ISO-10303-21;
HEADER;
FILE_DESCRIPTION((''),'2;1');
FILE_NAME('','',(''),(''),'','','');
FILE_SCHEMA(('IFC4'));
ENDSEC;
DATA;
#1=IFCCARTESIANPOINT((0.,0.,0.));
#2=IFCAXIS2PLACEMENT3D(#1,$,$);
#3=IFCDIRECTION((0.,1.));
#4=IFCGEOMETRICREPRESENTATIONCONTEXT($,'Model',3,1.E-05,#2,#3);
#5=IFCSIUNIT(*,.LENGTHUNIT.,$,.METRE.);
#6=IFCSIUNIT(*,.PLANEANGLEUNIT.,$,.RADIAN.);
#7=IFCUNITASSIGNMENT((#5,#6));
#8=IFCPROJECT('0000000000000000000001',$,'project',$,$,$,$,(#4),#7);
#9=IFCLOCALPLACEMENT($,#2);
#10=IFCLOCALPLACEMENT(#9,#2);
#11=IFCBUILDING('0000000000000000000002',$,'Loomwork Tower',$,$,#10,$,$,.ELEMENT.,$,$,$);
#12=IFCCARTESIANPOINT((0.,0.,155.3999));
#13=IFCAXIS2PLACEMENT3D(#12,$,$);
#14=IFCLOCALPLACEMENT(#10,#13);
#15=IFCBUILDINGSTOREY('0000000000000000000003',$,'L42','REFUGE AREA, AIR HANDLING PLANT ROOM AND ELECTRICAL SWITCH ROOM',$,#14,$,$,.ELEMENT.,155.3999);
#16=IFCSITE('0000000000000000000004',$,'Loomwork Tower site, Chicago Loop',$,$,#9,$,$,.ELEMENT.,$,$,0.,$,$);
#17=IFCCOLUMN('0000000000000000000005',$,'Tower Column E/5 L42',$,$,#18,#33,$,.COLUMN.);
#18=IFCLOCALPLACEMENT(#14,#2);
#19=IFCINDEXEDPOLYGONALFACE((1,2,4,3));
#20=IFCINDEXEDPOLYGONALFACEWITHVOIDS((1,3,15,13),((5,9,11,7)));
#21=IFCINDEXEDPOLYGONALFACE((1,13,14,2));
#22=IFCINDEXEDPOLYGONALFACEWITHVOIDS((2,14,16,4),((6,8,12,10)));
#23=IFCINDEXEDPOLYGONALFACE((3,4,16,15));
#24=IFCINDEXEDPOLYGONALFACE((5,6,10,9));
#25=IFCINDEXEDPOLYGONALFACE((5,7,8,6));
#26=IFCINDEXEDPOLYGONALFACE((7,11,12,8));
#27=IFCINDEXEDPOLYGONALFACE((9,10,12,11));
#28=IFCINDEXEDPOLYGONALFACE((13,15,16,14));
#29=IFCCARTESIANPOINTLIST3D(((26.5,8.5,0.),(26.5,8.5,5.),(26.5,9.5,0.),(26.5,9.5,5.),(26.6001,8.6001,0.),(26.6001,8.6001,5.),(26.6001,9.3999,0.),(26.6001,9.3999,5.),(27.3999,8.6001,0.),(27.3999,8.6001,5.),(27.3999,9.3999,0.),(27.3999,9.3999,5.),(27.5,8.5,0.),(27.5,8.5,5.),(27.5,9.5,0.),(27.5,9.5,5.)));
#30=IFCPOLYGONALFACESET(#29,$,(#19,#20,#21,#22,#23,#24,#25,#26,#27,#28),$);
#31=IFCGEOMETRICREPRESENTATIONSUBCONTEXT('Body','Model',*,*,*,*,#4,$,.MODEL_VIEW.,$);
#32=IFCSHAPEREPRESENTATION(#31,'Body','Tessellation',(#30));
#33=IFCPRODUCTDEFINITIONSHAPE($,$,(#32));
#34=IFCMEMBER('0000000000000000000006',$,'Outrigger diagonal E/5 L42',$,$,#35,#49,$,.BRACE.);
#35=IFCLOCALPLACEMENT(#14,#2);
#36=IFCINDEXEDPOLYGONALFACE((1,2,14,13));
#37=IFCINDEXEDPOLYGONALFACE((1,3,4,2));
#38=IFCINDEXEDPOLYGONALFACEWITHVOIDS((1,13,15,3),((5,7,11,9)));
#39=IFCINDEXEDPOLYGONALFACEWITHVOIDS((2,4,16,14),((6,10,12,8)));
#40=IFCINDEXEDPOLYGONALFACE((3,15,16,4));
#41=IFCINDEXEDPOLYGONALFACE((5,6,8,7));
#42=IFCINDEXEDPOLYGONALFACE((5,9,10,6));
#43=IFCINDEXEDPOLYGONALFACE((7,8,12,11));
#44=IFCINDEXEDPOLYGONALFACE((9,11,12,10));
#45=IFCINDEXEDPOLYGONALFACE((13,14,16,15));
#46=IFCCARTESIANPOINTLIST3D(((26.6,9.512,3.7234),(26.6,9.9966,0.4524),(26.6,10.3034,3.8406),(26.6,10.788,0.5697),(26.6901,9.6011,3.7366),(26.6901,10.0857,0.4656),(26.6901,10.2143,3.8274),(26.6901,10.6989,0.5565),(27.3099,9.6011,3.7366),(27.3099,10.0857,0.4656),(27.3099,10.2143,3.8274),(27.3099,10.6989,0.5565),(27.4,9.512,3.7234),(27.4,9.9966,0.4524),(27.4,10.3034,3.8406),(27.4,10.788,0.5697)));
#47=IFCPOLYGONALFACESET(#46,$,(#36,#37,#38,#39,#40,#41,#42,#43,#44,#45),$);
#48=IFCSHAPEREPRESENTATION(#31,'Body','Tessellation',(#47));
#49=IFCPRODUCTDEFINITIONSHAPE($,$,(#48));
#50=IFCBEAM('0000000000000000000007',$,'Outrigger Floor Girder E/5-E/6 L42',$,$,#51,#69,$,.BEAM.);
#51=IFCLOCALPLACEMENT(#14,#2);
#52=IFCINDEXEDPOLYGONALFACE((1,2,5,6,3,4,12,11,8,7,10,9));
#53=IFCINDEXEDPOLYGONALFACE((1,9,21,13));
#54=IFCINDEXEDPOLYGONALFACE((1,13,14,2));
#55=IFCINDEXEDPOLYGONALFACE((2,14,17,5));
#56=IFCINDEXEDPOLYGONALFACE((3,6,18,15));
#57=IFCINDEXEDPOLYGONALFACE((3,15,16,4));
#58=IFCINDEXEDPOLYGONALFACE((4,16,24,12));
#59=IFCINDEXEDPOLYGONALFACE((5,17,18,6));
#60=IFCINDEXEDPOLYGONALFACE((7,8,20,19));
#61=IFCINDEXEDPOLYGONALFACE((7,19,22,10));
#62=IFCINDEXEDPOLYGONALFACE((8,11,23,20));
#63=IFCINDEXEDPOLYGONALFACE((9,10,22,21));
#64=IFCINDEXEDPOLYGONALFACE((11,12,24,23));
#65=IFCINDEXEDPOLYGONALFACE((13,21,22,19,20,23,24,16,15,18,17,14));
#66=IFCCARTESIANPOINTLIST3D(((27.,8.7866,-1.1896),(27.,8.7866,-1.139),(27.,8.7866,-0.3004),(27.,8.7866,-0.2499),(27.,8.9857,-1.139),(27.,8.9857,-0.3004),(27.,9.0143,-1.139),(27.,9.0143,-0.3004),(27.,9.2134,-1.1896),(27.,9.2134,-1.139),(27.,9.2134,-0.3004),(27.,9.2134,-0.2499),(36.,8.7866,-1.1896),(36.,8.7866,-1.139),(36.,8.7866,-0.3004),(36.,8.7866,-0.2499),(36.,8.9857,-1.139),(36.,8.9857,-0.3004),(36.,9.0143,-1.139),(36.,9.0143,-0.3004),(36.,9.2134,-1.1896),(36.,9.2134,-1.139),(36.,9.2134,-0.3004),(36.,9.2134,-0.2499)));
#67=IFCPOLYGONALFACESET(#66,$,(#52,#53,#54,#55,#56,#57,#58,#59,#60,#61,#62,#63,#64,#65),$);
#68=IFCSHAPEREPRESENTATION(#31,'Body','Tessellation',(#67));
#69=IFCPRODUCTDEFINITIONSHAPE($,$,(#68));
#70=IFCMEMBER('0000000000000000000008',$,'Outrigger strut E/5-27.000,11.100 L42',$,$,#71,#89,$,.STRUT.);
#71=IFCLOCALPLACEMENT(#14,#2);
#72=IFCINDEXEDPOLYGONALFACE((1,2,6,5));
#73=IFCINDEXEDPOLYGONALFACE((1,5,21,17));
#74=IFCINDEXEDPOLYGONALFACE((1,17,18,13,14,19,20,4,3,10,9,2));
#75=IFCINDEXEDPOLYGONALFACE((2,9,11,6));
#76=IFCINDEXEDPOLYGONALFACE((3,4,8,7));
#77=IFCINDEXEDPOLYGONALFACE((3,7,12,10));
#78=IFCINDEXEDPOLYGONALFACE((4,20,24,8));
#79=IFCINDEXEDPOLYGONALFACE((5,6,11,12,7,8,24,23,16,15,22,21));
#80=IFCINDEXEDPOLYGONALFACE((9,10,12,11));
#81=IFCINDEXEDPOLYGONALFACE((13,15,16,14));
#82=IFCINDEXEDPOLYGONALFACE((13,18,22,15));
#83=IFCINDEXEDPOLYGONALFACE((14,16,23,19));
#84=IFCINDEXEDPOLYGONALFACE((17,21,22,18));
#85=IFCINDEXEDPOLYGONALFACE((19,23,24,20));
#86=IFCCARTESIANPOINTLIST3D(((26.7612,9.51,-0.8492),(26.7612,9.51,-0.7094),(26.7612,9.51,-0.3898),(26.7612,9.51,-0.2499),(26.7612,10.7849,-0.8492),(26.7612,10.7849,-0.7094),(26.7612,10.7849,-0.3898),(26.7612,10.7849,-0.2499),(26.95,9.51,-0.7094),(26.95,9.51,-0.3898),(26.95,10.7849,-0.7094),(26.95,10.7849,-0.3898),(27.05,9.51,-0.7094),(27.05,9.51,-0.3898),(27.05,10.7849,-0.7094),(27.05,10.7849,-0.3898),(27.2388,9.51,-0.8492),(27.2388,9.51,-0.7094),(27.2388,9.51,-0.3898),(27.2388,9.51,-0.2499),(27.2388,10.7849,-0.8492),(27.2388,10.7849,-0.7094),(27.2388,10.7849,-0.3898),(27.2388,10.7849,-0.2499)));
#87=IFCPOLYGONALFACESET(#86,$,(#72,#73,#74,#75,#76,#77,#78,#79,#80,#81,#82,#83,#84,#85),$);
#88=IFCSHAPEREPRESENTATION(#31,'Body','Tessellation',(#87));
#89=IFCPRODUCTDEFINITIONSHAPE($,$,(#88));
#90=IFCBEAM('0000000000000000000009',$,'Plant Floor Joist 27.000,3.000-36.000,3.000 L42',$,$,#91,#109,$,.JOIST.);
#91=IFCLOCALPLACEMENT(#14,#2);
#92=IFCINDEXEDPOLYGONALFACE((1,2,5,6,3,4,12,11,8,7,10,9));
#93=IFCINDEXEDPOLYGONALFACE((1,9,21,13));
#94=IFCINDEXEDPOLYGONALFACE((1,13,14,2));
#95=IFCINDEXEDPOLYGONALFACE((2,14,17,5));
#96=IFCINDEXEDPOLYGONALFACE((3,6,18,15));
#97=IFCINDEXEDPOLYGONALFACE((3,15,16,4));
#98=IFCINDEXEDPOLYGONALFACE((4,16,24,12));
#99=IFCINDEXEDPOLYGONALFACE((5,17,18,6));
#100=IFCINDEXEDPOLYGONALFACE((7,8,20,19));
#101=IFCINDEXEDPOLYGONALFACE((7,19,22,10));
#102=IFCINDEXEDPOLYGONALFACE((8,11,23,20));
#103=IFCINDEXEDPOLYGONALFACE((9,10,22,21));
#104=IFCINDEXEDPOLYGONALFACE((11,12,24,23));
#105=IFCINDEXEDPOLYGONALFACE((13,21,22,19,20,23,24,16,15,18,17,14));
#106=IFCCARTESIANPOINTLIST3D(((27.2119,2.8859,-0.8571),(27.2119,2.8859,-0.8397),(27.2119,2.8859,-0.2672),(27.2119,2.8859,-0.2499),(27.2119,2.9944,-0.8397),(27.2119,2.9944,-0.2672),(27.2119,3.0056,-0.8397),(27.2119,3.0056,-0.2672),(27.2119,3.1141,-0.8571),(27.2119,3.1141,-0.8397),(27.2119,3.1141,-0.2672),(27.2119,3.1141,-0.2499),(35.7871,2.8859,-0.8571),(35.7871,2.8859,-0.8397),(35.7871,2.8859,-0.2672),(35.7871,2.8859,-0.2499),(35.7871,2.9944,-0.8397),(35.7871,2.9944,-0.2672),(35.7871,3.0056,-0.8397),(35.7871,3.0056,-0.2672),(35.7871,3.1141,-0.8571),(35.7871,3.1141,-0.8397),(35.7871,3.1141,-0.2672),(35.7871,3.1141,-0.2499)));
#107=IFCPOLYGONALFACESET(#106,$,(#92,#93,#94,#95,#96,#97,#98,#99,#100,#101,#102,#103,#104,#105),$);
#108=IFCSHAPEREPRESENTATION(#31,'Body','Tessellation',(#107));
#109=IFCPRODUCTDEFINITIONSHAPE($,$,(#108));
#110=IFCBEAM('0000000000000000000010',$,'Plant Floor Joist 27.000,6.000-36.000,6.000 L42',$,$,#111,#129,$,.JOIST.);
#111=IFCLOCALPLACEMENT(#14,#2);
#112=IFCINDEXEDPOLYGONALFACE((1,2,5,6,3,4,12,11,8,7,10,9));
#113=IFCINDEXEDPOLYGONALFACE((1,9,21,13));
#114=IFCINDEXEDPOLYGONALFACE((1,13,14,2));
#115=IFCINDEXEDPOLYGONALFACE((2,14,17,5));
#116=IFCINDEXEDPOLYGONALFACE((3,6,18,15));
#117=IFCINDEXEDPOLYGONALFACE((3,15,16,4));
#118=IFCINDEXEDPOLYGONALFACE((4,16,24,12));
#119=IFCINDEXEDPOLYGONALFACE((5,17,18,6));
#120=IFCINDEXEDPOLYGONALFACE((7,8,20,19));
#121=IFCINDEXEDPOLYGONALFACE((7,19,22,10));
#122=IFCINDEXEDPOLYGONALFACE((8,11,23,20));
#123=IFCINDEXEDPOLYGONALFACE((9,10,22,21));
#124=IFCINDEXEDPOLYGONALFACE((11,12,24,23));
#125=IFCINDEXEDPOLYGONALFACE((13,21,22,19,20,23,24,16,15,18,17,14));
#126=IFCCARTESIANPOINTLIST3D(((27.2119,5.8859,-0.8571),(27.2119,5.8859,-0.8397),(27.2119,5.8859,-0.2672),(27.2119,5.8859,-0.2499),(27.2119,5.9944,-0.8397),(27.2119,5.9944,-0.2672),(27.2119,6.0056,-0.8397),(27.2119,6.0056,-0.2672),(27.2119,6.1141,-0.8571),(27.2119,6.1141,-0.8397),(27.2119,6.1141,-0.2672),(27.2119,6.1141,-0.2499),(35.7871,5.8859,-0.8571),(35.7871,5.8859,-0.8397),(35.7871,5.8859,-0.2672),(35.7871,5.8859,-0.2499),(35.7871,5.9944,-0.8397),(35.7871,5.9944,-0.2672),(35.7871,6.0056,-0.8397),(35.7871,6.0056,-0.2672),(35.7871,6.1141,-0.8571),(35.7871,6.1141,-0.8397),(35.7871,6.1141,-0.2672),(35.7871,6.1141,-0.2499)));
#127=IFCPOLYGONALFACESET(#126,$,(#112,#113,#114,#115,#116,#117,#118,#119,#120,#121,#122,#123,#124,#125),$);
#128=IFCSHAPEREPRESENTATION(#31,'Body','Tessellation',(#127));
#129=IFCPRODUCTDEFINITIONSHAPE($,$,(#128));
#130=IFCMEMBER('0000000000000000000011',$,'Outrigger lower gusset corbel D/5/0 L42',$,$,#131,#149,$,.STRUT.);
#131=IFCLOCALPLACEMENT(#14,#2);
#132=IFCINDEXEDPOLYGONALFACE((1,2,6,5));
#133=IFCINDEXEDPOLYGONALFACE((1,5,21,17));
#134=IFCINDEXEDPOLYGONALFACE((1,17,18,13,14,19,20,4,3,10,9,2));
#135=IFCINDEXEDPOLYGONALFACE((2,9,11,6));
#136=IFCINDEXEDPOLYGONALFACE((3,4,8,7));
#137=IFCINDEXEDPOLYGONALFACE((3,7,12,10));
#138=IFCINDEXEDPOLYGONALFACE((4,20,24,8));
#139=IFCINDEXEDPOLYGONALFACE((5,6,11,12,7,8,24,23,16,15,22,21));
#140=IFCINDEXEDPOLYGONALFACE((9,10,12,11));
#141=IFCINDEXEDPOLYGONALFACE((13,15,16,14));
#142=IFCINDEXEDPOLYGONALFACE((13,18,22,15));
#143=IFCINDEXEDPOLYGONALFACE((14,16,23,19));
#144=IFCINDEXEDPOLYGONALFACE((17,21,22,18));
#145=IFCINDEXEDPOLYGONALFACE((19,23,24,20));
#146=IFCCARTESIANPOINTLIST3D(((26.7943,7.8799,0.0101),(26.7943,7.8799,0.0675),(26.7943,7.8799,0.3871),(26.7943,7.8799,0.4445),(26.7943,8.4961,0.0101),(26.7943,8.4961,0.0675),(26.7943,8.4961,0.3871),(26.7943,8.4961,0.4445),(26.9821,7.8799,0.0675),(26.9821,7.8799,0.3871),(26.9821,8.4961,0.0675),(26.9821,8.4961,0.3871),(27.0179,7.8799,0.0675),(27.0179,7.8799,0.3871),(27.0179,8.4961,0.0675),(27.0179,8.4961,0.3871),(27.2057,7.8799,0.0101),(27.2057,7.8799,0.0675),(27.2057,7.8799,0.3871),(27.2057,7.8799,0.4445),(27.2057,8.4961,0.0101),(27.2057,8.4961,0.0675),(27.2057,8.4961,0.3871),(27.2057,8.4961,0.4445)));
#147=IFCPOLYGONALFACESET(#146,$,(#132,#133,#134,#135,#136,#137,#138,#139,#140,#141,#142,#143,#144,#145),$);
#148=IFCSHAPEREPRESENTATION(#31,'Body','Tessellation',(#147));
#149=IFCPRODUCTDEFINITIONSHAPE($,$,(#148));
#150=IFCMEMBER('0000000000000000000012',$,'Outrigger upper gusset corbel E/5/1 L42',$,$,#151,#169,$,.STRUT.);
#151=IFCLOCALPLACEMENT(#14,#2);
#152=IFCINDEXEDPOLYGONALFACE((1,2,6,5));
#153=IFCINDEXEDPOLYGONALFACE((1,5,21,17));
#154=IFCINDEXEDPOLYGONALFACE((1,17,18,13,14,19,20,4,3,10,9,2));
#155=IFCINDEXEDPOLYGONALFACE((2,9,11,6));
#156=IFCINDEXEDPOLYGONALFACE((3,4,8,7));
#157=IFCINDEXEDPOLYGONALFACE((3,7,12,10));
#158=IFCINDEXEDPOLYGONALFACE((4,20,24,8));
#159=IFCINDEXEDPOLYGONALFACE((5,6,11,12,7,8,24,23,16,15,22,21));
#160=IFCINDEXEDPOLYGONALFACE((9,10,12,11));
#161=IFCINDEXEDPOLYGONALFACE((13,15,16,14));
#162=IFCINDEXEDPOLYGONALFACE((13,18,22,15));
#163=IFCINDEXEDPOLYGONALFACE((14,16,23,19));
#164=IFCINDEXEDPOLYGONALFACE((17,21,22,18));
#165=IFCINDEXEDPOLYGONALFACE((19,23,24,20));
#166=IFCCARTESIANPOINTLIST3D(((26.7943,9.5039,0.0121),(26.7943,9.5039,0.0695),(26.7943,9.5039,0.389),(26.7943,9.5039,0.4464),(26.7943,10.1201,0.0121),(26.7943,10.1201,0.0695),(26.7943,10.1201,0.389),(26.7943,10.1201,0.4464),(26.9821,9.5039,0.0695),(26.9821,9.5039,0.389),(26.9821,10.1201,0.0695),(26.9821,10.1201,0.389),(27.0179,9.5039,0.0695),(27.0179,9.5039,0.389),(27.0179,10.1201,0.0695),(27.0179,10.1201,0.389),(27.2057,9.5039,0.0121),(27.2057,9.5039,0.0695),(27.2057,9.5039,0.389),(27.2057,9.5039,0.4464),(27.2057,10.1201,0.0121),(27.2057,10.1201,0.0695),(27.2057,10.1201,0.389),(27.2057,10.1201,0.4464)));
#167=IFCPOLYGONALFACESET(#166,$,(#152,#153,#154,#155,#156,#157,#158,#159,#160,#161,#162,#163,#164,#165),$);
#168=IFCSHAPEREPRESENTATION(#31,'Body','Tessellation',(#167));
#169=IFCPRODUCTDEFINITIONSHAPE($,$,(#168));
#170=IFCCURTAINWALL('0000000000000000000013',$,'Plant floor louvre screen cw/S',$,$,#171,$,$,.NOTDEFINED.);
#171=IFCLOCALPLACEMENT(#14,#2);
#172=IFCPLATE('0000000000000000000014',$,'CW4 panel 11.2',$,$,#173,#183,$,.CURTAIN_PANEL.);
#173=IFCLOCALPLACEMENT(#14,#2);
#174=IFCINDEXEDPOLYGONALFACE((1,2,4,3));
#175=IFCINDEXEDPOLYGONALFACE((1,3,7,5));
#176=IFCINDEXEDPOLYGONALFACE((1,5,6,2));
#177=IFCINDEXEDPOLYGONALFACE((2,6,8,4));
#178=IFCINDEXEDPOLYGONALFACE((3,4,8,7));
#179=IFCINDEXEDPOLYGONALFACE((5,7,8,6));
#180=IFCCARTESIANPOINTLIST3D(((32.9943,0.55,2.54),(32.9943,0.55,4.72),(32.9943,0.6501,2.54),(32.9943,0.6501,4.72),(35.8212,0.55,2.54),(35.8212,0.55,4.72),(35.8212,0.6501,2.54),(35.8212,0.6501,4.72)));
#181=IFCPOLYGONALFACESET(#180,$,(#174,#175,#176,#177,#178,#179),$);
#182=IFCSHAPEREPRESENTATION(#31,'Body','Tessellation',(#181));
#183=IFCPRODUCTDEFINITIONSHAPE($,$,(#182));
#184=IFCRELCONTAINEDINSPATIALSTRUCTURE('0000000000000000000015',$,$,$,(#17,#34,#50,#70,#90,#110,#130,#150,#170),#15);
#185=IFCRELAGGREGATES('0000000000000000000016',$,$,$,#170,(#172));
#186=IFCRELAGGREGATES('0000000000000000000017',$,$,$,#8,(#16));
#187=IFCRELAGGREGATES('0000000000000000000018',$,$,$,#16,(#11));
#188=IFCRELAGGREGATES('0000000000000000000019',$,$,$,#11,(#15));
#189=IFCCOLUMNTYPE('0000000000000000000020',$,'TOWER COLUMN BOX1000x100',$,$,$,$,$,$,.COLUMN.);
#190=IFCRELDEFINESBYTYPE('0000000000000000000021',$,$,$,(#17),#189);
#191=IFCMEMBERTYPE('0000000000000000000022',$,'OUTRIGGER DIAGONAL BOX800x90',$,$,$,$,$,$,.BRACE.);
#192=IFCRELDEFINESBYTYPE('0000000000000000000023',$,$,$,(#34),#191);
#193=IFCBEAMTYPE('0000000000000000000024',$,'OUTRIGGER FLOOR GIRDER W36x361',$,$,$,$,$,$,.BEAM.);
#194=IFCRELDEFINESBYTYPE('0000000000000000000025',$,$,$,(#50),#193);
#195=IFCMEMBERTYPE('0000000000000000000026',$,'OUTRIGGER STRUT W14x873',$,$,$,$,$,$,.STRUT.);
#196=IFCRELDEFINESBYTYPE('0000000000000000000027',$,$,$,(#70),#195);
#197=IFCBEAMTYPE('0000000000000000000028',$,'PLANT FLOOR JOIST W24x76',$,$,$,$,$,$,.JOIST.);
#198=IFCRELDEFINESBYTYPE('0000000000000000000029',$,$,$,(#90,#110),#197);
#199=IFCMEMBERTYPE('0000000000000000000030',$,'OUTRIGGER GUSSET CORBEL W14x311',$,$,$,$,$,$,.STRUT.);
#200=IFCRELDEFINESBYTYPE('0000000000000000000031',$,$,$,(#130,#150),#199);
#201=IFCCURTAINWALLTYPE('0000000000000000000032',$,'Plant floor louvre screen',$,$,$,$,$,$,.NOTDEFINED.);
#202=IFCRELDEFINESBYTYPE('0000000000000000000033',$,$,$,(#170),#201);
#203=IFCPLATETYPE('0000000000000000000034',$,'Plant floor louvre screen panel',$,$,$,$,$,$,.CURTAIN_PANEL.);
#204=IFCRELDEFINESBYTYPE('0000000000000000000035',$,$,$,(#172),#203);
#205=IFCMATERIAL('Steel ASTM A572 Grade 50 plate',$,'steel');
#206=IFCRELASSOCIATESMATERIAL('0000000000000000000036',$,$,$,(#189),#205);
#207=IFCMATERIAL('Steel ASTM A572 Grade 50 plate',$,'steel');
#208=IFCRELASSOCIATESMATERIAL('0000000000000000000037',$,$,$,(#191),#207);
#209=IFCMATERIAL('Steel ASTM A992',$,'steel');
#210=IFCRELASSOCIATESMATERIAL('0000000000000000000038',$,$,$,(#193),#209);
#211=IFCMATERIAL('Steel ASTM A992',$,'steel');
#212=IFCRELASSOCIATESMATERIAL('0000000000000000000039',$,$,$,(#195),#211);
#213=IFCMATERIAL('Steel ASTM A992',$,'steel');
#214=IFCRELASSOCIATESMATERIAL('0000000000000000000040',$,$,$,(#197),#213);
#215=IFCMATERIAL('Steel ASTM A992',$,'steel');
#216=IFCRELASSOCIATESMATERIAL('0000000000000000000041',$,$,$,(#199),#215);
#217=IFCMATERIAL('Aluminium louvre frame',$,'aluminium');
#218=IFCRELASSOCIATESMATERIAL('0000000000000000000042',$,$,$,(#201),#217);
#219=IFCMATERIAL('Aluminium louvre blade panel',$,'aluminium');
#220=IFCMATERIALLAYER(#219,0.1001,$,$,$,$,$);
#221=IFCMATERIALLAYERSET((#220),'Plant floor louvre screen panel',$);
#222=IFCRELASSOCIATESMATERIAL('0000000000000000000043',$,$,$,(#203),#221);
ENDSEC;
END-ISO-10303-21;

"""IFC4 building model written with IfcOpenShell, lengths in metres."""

from ifc_helpers import new_model, si_unit, direction, frame, origin, origin_2d, place, context, subcontext, project, spatial, rectangle, hollow_rectangle, i_section, extrude, material, layer, layer_set, material_profile, profile_set, type_object, element, aggregate, save


model = new_model("IFC4")

# Units and contexts
model_context = context("Model", 3, precision=1e-05, world=origin(), true_north=direction((0.0, 1.0)))
body_context = subcontext(model_context, "Body", "Model", "MODEL_VIEW")
ifc_project = project(units=[si_unit("LENGTHUNIT", "METRE"), si_unit("PLANEANGLEUNIT", "RADIAN")], contexts=[model_context])

# Site, building, storey
site_placement = place(None, origin())
site = spatial("IfcSite", under=ifc_project, at=site_placement, Name="Loomwork Tower site, Chicago Loop", CompositionType="ELEMENT", RefElevation=0.0)
building_placement = place(site_placement, origin())
building = spatial("IfcBuilding", under=site, at=building_placement, Name="Loomwork Tower", CompositionType="ELEMENT")
storey_placement = place(building_placement, frame((0.0, 0.0, 155.3999)))
storey = spatial("IfcBuildingStorey", under=building, at=storey_placement, Name="L42", Description="REFUGE AREA, AIR HANDLING PLANT ROOM AND ELECTRICAL SWITCH ROOM", CompositionType="ELEMENT", Elevation=155.3999)

# Column
ifc_material_1 = material(Name="Steel ASTM A572 Grade 50 plate", Category="steel")
ifc_material_profile_1 = material_profile(ifc_material_1, hollow_rectangle(XDim=1.0, YDim=1.0, WallThickness=0.1001, at=origin_2d()), Name="BOX1000x100")
ifc_profile_set_1 = profile_set([ifc_material_profile_1], Name="Steel ASTM A572 Grade 50 plate")
column_type = type_object("IfcColumnType", Name="TOWER COLUMN BOX1000x100", PredefinedType="COLUMN", material=ifc_profile_set_1)
column_placement = place(storey_placement, frame((27.0, 9.0, 0.0), z_axis=(0.0, 0.0, 1.0), x_axis=(1.0, 0.0, 0.0)))
element("IfcColumn", 1, at=column_placement, inside=storey, type_object=column_type, Name="Tower Column E/5 L42", PredefinedType="COLUMN", context=body_context, shape_type="SweptSolid", body=[
    extrude(hollow_rectangle(XDim=1.0, YDim=1.0, WallThickness=0.1001, at=origin_2d()), origin(), (0.0, 0.0, 1.0), 5.0),
])

# Member
ifc_material_2 = material(Name="Steel ASTM A572 Grade 50 plate", Category="steel")
ifc_material_profile_2 = material_profile(ifc_material_2, hollow_rectangle(XDim=0.8, YDim=0.8, WallThickness=0.0901, at=origin_2d()), Name="BOX800x90")
ifc_profile_set_2 = profile_set([ifc_material_profile_2], Name="Steel ASTM A572 Grade 50 plate")
member_type_1 = type_object("IfcMemberType", Name="OUTRIGGER DIAGONAL BOX800x90", PredefinedType="BRACE", material=ifc_profile_set_2)
member_1_placement = place(storey_placement, frame((27.0, 9.9077, 3.782), z_axis=(0.0, 0.146557, -0.989202), x_axis=(-1.0, 0.0, 0.0)))
element("IfcMember", 2, at=member_1_placement, inside=storey, type_object=member_type_1, Name="Outrigger diagonal E/5 L42", PredefinedType="BRACE", context=body_context, shape_type="SweptSolid", body=[
    extrude(hollow_rectangle(XDim=0.8, YDim=0.8, WallThickness=0.0901, at=origin_2d()), origin(), (0.0, 0.0, 1.0), 3.3066),
])

# Beam
ifc_material_3 = material(Name="Steel ASTM A992", Category="steel")
ifc_material_profile_3 = material_profile(ifc_material_3, i_section(OverallWidth=0.4268, OverallDepth=0.9397, WebThickness=0.0286, FlangeThickness=0.0505, at=origin_2d()), Name="W36x361")
ifc_profile_set_3 = profile_set([ifc_material_profile_3], Name="Steel ASTM A992")
beam_type_1 = type_object("IfcBeamType", Name="OUTRIGGER FLOOR GIRDER W36x361", PredefinedType="BEAM", material=ifc_profile_set_3)
beam_placement = place(storey_placement, frame((27.0, 9.0, -0.7197), z_axis=(1.0, 0.0, 0.0), x_axis=(0.0, 1.0, 0.0)))
element("IfcBeam", 3, at=beam_placement, inside=storey, type_object=beam_type_1, Name="Outrigger Floor Girder E/5-E/6 L42", PredefinedType="BEAM", context=body_context, shape_type="SweptSolid", body=[
    extrude(i_section(OverallWidth=0.4268, OverallDepth=0.9397, WebThickness=0.0286, FlangeThickness=0.0505, at=origin_2d()), origin(), (0.0, 0.0, 1.0), 9.0),
])

# Member
ifc_material_4 = material(Name="Steel ASTM A992", Category="steel")
ifc_material_profile_4 = material_profile(ifc_material_4, i_section(OverallWidth=0.4775, OverallDepth=0.5994, WebThickness=0.1001, FlangeThickness=0.1399, at=origin_2d()), Name="W14x873")
ifc_profile_set_4 = profile_set([ifc_material_profile_4], Name="Steel ASTM A992")
member_type_2 = type_object("IfcMemberType", Name="OUTRIGGER STRUT W14x873", PredefinedType="STRUT", material=ifc_profile_set_4)
member_2_placement = place(storey_placement, frame((27.0, 9.51, -0.5496), z_axis=(0.0, 1.0, 0.0), x_axis=(-1.0, 0.0, 0.0)))
element("IfcMember", 4, at=member_2_placement, inside=storey, type_object=member_type_2, Name="Outrigger strut E/5-27.000,11.100 L42", PredefinedType="STRUT", context=body_context, shape_type="SweptSolid", body=[
    extrude(i_section(OverallWidth=0.4775, OverallDepth=0.5994, WebThickness=0.1001, FlangeThickness=0.1399, at=origin_2d()), origin(), (0.0, 0.0, 1.0), 1.2749),
])

# Beams
ifc_material_5 = material(Name="Steel ASTM A992", Category="steel")
ifc_material_profile_5 = material_profile(ifc_material_5, i_section(OverallWidth=0.2283, OverallDepth=0.6072, WebThickness=0.0112, FlangeThickness=0.0173, at=origin_2d()), Name="W24x76")
ifc_profile_set_5 = profile_set([ifc_material_profile_5], Name="Steel ASTM A992")
beam_type_2 = type_object("IfcBeamType", Name="PLANT FLOOR JOIST W24x76", PredefinedType="JOIST", material=ifc_profile_set_5)
for number, where, z_axis, x_axis, name in (
    (5, (27.2119, 3.0, -0.5535), (1.0, 0.0, 0.0), (0.0, 1.0, 0.0), "Plant Floor Joist 27.000,3.000-36.000,3.000 L42"),
    (6, (27.2119, 6.0, -0.5535), (1.0, 0.0, 0.0), (0.0, 1.0, 0.0), "Plant Floor Joist 27.000,6.000-36.000,6.000 L42"),
):
    element("IfcBeam", number, at=place(storey_placement, frame(where, z_axis=z_axis, x_axis=x_axis)), inside=storey, type_object=beam_type_2, Name=name, PredefinedType="JOIST", context=body_context, shape_type="SweptSolid", body=[
        extrude(i_section(OverallWidth=0.2283, OverallDepth=0.6072, WebThickness=0.0112, FlangeThickness=0.0173, at=origin_2d()), origin(), (0.0, 0.0, 1.0), 8.5752),
    ])

# Members
ifc_material_6 = material(Name="Steel ASTM A992", Category="steel")
ifc_material_profile_6 = material_profile(ifc_material_6, i_section(OverallWidth=0.4114, OverallDepth=0.4343, WebThickness=0.0359, FlangeThickness=0.0574, at=origin_2d()), Name="W14x311")
ifc_profile_set_6 = profile_set([ifc_material_profile_6], Name="Steel ASTM A992")
member_type_3 = type_object("IfcMemberType", Name="OUTRIGGER GUSSET CORBEL W14x311", PredefinedType="STRUT", material=ifc_profile_set_6)
for number, where, z_axis, x_axis, name in (
    (7, (27.0, 8.4961, 0.2273), (0.0, -1.0, 0.0), (1.0, 0.0, 0.0), "Outrigger lower gusset corbel D/5/0 L42"),
    (8, (27.0, 9.5039, 0.2292), (0.0, 1.0, 0.0), (-1.0, 0.0, 0.0), "Outrigger upper gusset corbel E/5/1 L42"),
):
    element("IfcMember", number, at=place(storey_placement, frame(where, z_axis=z_axis, x_axis=x_axis)), inside=storey, type_object=member_type_3, Name=name, PredefinedType="STRUT", context=body_context, shape_type="SweptSolid", body=[
        extrude(i_section(OverallWidth=0.4114, OverallDepth=0.4343, WebThickness=0.0359, FlangeThickness=0.0574, at=origin_2d()), origin(), (0.0, 0.0, 1.0), 0.6162),
    ])

# Curtain wall, plate
ifc_material_7 = material(Name="Aluminium louvre frame", Category="aluminium")
curtain_wall_type = type_object("IfcCurtainWallType", Name="Plant floor louvre screen", PredefinedType="NOTDEFINED", material=ifc_material_7)
curtain_wall_placement = place(storey_placement, origin())
curtain_wall = element("IfcCurtainWall", 9, at=curtain_wall_placement, inside=storey, type_object=curtain_wall_type, Name="Plant floor louvre screen cw/S", PredefinedType="NOTDEFINED")
ifc_material_8 = material(Name="Aluminium louvre blade panel", Category="aluminium")
ifc_layer_1 = layer(ifc_material_8, 0.1001)
ifc_layer_set_1 = layer_set([ifc_layer_1], Name="Plant floor louvre screen panel")
plate_type_1 = type_object("IfcPlateType", Name="Plant floor louvre screen panel", PredefinedType="CURTAIN_PANEL", material=ifc_layer_set_1)
plate_placement = place(storey_placement, frame((34.4077, 0.6001, 2.54), z_axis=(0.0, 0.0, 1.0), x_axis=(1.0, 0.0, 0.0)))
plate = element("IfcPlate", 10, at=plate_placement, type_object=plate_type_1, Name="CW4 panel 11.2", PredefinedType="CURTAIN_PANEL", context=body_context, shape_type="SweptSolid", body=[
    extrude(rectangle(XDim=2.8269, YDim=0.1001, at=origin_2d()), origin(), (0.0, 0.0, 1.0), 2.1799),
])
aggregate(curtain_wall, [plate])

save(model, "model.ifc")
